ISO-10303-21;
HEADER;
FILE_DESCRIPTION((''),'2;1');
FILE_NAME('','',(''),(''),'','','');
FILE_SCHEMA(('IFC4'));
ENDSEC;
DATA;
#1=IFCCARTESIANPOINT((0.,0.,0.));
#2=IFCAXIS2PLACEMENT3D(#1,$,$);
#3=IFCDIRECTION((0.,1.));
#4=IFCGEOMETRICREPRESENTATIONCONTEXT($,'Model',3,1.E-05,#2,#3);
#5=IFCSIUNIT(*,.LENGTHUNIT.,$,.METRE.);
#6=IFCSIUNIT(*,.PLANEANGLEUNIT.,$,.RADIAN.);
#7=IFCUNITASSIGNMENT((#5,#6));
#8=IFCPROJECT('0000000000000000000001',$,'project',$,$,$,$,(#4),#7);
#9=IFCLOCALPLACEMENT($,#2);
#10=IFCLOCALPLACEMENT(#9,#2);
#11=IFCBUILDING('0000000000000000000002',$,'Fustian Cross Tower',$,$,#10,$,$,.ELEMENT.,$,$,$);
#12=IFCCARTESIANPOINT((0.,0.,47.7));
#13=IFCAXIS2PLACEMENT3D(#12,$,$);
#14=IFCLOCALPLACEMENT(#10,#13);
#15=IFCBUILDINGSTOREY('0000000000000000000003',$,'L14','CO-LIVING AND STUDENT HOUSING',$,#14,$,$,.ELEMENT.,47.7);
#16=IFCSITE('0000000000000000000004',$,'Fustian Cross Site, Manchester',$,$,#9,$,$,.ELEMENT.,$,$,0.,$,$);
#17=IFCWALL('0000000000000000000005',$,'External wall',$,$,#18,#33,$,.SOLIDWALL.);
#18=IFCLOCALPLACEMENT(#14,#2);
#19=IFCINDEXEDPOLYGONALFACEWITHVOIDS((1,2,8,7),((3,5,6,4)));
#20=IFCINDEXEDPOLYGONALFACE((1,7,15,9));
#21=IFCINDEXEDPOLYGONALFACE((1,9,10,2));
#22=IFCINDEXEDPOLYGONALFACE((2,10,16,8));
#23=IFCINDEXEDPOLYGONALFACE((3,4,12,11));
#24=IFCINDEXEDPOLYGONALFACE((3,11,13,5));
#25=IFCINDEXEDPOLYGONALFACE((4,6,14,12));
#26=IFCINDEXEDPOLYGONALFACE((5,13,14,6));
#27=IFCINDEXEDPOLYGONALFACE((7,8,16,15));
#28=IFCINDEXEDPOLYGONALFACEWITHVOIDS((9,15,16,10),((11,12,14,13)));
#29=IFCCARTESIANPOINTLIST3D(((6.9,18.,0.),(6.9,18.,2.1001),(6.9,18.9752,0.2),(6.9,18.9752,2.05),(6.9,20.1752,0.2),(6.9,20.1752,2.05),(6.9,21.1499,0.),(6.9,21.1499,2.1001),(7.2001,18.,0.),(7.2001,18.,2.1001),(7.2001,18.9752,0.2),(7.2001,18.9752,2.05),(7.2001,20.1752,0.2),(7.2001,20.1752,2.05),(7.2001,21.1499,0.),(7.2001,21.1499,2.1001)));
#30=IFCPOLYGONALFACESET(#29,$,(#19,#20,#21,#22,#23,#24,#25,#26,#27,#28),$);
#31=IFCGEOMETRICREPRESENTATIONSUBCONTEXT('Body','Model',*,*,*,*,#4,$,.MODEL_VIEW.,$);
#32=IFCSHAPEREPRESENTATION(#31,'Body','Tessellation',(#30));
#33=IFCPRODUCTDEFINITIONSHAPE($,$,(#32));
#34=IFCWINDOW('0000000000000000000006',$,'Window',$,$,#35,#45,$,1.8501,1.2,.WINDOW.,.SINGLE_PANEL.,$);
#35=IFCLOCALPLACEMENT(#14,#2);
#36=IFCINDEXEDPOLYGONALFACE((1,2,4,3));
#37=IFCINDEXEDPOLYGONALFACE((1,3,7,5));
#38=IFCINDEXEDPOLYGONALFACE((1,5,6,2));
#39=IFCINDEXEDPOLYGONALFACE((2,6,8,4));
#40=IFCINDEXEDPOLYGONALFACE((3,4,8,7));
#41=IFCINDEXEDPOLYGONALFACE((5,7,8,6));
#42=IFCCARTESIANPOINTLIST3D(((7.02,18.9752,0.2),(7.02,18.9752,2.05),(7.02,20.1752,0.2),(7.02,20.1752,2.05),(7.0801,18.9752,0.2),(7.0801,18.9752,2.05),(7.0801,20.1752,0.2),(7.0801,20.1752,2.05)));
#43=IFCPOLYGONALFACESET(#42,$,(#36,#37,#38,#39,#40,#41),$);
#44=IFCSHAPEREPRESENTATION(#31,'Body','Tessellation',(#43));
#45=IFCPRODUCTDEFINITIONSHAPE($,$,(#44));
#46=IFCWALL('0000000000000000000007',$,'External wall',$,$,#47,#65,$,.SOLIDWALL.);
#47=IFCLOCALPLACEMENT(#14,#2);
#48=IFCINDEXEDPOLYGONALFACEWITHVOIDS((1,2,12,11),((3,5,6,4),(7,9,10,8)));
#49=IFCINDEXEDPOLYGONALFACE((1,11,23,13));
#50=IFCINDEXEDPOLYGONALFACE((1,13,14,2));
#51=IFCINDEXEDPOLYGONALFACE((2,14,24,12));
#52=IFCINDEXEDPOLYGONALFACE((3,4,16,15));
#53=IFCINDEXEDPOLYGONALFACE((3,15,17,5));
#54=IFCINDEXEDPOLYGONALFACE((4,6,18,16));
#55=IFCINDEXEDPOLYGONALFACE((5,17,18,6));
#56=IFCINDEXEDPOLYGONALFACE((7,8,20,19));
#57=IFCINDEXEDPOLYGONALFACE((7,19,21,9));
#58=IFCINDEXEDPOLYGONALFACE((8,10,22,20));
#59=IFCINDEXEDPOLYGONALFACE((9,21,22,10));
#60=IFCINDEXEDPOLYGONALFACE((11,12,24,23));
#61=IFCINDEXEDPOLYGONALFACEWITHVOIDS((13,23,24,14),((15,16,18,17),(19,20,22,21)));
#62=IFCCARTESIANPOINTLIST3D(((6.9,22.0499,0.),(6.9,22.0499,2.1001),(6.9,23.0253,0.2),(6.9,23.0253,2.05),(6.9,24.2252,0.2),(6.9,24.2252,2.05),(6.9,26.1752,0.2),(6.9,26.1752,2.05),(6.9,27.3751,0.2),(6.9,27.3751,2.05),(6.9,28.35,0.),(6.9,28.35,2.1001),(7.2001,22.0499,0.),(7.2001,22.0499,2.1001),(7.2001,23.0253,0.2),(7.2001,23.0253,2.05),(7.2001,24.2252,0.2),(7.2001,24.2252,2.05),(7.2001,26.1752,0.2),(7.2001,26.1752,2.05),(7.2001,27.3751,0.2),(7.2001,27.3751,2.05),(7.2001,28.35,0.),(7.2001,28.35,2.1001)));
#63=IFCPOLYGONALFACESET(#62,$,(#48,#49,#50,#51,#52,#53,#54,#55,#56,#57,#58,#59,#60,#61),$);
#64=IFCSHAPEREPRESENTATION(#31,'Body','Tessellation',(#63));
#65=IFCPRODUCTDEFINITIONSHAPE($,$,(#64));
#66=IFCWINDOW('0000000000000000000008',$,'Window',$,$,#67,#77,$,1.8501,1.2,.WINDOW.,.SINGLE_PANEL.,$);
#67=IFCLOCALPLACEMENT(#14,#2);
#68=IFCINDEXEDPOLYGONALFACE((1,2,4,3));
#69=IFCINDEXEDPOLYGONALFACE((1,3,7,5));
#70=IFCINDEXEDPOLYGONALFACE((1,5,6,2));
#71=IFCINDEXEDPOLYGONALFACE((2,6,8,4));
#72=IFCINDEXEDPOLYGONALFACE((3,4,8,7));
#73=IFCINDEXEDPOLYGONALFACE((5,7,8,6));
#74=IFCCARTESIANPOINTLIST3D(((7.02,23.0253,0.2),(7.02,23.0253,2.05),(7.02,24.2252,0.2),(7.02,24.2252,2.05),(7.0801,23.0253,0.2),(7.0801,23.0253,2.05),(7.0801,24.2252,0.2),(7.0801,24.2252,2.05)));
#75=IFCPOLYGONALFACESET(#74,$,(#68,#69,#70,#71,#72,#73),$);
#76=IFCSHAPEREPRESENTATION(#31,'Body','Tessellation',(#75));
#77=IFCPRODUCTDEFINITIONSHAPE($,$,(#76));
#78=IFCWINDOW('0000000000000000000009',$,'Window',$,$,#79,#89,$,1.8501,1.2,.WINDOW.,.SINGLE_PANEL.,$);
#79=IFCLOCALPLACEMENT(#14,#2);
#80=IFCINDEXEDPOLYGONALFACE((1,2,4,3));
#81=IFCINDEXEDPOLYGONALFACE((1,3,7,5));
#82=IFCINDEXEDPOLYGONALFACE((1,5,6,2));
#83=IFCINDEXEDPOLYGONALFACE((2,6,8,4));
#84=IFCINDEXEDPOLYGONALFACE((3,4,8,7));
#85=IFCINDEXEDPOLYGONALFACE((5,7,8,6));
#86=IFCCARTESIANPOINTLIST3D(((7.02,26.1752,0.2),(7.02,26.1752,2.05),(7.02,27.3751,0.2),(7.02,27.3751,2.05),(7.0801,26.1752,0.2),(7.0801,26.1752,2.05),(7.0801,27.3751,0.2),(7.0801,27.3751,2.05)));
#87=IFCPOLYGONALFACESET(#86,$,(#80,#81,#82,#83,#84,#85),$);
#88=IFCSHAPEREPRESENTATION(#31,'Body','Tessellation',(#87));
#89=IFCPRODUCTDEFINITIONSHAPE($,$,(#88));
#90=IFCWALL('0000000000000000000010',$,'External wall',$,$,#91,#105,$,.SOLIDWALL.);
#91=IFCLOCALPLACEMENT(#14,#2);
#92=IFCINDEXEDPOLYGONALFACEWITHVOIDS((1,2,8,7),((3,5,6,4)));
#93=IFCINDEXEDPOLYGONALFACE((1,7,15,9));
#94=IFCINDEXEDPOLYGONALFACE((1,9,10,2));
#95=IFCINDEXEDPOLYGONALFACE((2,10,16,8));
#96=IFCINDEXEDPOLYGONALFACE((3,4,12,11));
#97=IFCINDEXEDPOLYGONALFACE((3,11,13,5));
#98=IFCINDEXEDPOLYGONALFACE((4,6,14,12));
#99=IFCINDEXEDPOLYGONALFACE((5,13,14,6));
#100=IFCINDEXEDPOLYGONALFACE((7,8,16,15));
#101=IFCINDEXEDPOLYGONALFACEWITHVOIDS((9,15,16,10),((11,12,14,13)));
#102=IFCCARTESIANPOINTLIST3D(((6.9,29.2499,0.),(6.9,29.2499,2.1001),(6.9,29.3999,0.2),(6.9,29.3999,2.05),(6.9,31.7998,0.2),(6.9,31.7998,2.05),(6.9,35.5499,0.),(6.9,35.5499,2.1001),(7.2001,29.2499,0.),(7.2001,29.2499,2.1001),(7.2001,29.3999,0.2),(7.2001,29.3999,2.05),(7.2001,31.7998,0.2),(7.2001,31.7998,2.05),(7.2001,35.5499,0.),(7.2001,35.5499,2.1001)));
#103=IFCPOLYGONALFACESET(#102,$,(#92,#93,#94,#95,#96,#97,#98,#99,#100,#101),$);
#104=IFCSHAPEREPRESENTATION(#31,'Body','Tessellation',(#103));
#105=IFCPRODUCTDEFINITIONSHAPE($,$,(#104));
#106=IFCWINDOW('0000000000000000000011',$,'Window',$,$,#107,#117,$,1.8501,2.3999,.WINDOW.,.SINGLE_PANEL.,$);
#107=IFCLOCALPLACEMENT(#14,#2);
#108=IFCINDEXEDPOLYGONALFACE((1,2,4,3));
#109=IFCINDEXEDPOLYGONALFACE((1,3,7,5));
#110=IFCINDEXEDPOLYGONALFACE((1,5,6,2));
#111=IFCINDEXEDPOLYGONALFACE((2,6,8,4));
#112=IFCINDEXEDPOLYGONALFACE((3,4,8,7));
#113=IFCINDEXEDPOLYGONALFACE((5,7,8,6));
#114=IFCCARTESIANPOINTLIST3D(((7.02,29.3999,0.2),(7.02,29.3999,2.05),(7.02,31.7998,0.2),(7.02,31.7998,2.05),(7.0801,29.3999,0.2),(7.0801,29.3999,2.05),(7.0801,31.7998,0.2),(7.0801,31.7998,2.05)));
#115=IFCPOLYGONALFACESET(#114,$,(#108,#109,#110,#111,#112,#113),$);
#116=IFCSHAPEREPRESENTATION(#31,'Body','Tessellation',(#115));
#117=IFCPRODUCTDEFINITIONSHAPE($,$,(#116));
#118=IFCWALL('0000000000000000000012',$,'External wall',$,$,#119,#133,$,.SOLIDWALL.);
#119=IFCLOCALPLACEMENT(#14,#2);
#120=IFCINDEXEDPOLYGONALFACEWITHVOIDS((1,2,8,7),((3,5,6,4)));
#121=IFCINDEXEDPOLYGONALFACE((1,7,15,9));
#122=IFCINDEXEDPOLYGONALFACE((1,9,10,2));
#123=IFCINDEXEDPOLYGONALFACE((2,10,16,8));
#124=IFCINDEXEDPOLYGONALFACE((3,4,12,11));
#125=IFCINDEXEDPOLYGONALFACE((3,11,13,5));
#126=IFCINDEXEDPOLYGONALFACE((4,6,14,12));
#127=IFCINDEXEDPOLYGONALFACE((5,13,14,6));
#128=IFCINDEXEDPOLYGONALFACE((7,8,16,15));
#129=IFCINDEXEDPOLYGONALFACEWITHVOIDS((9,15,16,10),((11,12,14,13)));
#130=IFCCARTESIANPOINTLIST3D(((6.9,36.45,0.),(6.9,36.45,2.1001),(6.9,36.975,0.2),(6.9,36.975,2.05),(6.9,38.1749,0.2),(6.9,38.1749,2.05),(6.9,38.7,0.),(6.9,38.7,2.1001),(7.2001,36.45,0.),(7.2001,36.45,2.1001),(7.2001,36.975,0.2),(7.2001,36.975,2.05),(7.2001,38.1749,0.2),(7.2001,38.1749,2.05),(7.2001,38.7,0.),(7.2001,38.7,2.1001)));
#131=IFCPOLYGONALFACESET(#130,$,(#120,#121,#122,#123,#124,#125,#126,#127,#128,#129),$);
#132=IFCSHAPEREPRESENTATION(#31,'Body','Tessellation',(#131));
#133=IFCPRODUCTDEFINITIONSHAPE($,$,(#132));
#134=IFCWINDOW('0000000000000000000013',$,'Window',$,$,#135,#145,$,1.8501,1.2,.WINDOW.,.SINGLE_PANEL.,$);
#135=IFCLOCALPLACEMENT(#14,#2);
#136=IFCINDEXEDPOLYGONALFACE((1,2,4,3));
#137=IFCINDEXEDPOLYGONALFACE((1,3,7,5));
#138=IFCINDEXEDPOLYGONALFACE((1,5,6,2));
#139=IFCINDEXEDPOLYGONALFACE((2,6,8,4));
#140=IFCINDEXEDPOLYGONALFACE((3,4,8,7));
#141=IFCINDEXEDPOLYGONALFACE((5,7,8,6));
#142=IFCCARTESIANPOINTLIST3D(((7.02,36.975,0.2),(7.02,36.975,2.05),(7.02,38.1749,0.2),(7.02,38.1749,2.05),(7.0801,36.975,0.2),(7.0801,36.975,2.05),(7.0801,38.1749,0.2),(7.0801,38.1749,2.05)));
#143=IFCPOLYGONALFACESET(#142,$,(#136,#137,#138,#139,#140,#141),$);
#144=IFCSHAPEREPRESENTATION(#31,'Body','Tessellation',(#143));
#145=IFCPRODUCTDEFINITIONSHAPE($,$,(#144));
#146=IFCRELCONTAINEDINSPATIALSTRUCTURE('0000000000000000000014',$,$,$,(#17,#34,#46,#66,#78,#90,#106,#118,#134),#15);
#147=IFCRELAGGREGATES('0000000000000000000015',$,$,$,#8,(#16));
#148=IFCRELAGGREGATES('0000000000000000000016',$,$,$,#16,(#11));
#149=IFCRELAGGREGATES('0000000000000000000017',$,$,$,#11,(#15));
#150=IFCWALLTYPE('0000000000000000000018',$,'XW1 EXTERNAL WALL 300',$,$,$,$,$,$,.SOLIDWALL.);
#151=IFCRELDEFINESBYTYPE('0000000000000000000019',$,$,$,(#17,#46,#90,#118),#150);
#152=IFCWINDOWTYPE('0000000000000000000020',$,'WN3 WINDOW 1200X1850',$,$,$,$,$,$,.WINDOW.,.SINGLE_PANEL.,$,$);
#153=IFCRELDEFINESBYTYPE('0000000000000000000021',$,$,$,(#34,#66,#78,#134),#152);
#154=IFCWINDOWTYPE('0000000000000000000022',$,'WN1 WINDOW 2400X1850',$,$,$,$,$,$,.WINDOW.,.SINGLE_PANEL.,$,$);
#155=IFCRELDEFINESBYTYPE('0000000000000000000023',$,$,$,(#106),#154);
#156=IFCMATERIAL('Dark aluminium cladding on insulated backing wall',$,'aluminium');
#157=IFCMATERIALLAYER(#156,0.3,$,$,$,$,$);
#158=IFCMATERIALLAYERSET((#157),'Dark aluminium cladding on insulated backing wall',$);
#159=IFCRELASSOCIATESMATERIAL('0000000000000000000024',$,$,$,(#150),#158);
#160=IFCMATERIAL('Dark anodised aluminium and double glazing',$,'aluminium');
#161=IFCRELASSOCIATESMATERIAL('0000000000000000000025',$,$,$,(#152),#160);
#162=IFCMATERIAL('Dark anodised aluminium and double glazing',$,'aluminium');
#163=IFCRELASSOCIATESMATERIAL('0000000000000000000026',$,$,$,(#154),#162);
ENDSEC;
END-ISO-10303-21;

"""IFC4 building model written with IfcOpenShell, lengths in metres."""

from ifc_helpers import new_model, si_unit, direction, frame, frame_2d, origin, place, context, subcontext, project, spatial, rectangle, extrude, material, layer, layer_set, type_object, element, fill, save


model = new_model("IFC4")

# Units and contexts
model_context = context("Model", 3, precision=1e-05, world=origin(), true_north=direction((0.0, 1.0)))
body_context = subcontext(model_context, "Body", "Model", "MODEL_VIEW")
ifc_project = project(units=[si_unit("LENGTHUNIT", "METRE"), si_unit("PLANEANGLEUNIT", "RADIAN")], contexts=[model_context])

# Site, building, storey
site_placement = place(None, origin())
site = spatial("IfcSite", under=ifc_project, at=site_placement, Name="Fustian Cross Site, Manchester", CompositionType="ELEMENT", RefElevation=0.0)
building_placement = place(site_placement, origin())
building = spatial("IfcBuilding", under=site, at=building_placement, Name="Fustian Cross Tower", CompositionType="ELEMENT")
storey_placement = place(building_placement, frame((0.0, 0.0, 47.7)))
storey = spatial("IfcBuildingStorey", under=building, at=storey_placement, Name="L14", Description="CO-LIVING AND STUDENT HOUSING", CompositionType="ELEMENT", Elevation=47.7)

# Shared definitions
ifc_material_1 = material(Name="Dark aluminium cladding on insulated backing wall", Category="aluminium")
ifc_layer = layer(ifc_material_1, 0.3)
ifc_layer_set = layer_set([ifc_layer], Name="Dark aluminium cladding on insulated backing wall")
wall_type = type_object("IfcWallType", Name="XW1 EXTERNAL WALL 300", PredefinedType="SOLIDWALL", material=ifc_layer_set)
ifc_material_2 = material(Name="Dark anodised aluminium and double glazing", Category="aluminium")
window_type_1 = type_object("IfcWindowType", Name="WN3 WINDOW 1200X1850", PartitioningType="SINGLE_PANEL", PredefinedType="WINDOW", material=ifc_material_2)

# Shared definitions
ifc_material_3 = material(Name="Dark anodised aluminium and double glazing", Category="aluminium")
window_type_2 = type_object("IfcWindowType", Name="WN1 WINDOW 2400X1850", PartitioningType="SINGLE_PANEL", PredefinedType="WINDOW", material=ifc_material_3)

# Wall, opening, window
wall_1_placement = place(storey_placement, frame((7.05, 18.0, 0.0), z_axis=(0.0, 0.0, 1.0), x_axis=(0.0, 1.0, 0.0)))
wall_1 = element("IfcWall", 1, at=wall_1_placement, inside=storey, type_object=wall_type, Name="External wall", PredefinedType="SOLIDWALL", context=body_context, shape_type="SweptSolid", body=[
    extrude(rectangle(XDim=3.1499, YDim=0.3, at=frame_2d((1.575, 0.0))), origin(), (0.0, 0.0, 1.0), 2.1001),
])
opening_1_placement = place(wall_1_placement, frame((0.9751, 0.0, 0.2)))
opening_1 = element("IfcOpeningElement", 2, at=opening_1_placement, cuts=wall_1, PredefinedType="OPENING", context=body_context, shape_type="SweptSolid", body=[
    extrude(rectangle(XDim=1.2, YDim=1.8501, at=frame_2d((0.6001, 0.925))), frame((0.0, 0.1599, 0.0), z_axis=(0.0, -1.0, 0.0), x_axis=(1.0, 0.0, 0.0)), (0.0, 0.0, 1.0), 0.3201),
])
window_1_placement = place(opening_1_placement, origin())
window_1 = element("IfcWindow", 3, at=window_1_placement, inside=storey, type_object=window_type_1, Name="Window", OverallHeight=1.8501, OverallWidth=1.2, PartitioningType="SINGLE_PANEL", PredefinedType="WINDOW", context=body_context, shape_type="SweptSolid", body=[
    extrude(rectangle(XDim=1.2, YDim=1.8501, at=frame_2d((0.6001, 0.925))), frame((0.0, 0.03, 0.0), z_axis=(0.0, -1.0, 0.0), x_axis=(1.0, 0.0, 0.0)), (0.0, 0.0, 1.0), 0.0601),
])
fill(opening_1, window_1)

# Wall, openings, windows
wall_2_placement = place(storey_placement, frame((7.05, 22.05, 0.0), z_axis=(0.0, 0.0, 1.0), x_axis=(0.0, 1.0, 0.0)))
wall_2 = element("IfcWall", 4, at=wall_2_placement, inside=storey, type_object=wall_type, Name="External wall", PredefinedType="SOLIDWALL", context=body_context, shape_type="SweptSolid", body=[
    extrude(rectangle(XDim=6.3, YDim=0.3, at=frame_2d((3.1499, 0.0))), origin(), (0.0, 0.0, 1.0), 2.1001),
])
opening_2_placement = place(wall_2_placement, frame((0.9751, 0.0, 0.2)))
opening_2 = element("IfcOpeningElement", 5, at=opening_2_placement, cuts=wall_2, PredefinedType="OPENING", context=body_context, shape_type="SweptSolid", body=[
    extrude(rectangle(XDim=1.2, YDim=1.8501, at=frame_2d((0.6001, 0.925))), frame((0.0, 0.1599, 0.0), z_axis=(0.0, -1.0, 0.0), x_axis=(1.0, 0.0, 0.0)), (0.0, 0.0, 1.0), 0.3201),
])
opening_3_placement = place(wall_2_placement, frame((4.125, 0.0, 0.2)))
opening_3 = element("IfcOpeningElement", 6, at=opening_3_placement, cuts=wall_2, PredefinedType="OPENING", context=body_context, shape_type="SweptSolid", body=[
    extrude(rectangle(XDim=1.2, YDim=1.8501, at=frame_2d((0.6001, 0.925))), frame((0.0, 0.1599, 0.0), z_axis=(0.0, -1.0, 0.0), x_axis=(1.0, 0.0, 0.0)), (0.0, 0.0, 1.0), 0.3201),
])
window_2_placement = place(opening_2_placement, origin())
window_2 = element("IfcWindow", 7, at=window_2_placement, inside=storey, type_object=window_type_1, Name="Window", OverallHeight=1.8501, OverallWidth=1.2, PartitioningType="SINGLE_PANEL", PredefinedType="WINDOW", context=body_context, shape_type="SweptSolid", body=[
    extrude(rectangle(XDim=1.2, YDim=1.8501, at=frame_2d((0.6001, 0.925))), frame((0.0, 0.03, 0.0), z_axis=(0.0, -1.0, 0.0), x_axis=(1.0, 0.0, 0.0)), (0.0, 0.0, 1.0), 0.0601),
])
fill(opening_2, window_2)
window_3_placement = place(opening_3_placement, origin())
window_3 = element("IfcWindow", 8, at=window_3_placement, inside=storey, type_object=window_type_1, Name="Window", OverallHeight=1.8501, OverallWidth=1.2, PartitioningType="SINGLE_PANEL", PredefinedType="WINDOW", context=body_context, shape_type="SweptSolid", body=[
    extrude(rectangle(XDim=1.2, YDim=1.8501, at=frame_2d((0.6001, 0.925))), frame((0.0, 0.03, 0.0), z_axis=(0.0, -1.0, 0.0), x_axis=(1.0, 0.0, 0.0)), (0.0, 0.0, 1.0), 0.0601),
])
fill(opening_3, window_3)

# Walls, openings, windows
wall_3_placement = place(storey_placement, frame((7.05, 29.25, 0.0), z_axis=(0.0, 0.0, 1.0), x_axis=(0.0, 1.0, 0.0)))
wall_3 = element("IfcWall", 9, at=wall_3_placement, inside=storey, type_object=wall_type, Name="External wall", PredefinedType="SOLIDWALL", context=body_context, shape_type="SweptSolid", body=[
    extrude(rectangle(XDim=6.3, YDim=0.3, at=frame_2d((3.1499, 0.0))), origin(), (0.0, 0.0, 1.0), 2.1001),
])
opening_4_placement = place(wall_3_placement, frame((0.1499, 0.0, 0.2)))
opening_4 = element("IfcOpeningElement", 10, at=opening_4_placement, cuts=wall_3, PredefinedType="OPENING", context=body_context, shape_type="SweptSolid", body=[
    extrude(rectangle(XDim=2.3999, YDim=1.8501, at=frame_2d((1.2, 0.925))), frame((0.0, 0.1599, 0.0), z_axis=(0.0, -1.0, 0.0), x_axis=(1.0, 0.0, 0.0)), (0.0, 0.0, 1.0), 0.3201),
])
window_4_placement = place(opening_4_placement, origin())
window_4 = element("IfcWindow", 11, at=window_4_placement, inside=storey, type_object=window_type_2, Name="Window", OverallHeight=1.8501, OverallWidth=2.3999, PartitioningType="SINGLE_PANEL", PredefinedType="WINDOW", context=body_context, shape_type="SweptSolid", body=[
    extrude(rectangle(XDim=2.3999, YDim=1.8501, at=frame_2d((1.2, 0.925))), frame((0.0, 0.03, 0.0), z_axis=(0.0, -1.0, 0.0), x_axis=(1.0, 0.0, 0.0)), (0.0, 0.0, 1.0), 0.0601),
])
fill(opening_4, window_4)
wall_4_placement = place(storey_placement, frame((7.05, 36.45, 0.0), z_axis=(0.0, 0.0, 1.0), x_axis=(0.0, 1.0, 0.0)))
wall_4 = element("IfcWall", 12, at=wall_4_placement, inside=storey, type_object=wall_type, Name="External wall", PredefinedType="SOLIDWALL", context=body_context, shape_type="SweptSolid", body=[
    extrude(rectangle(XDim=2.25, YDim=0.3, at=frame_2d((1.125, 0.0))), origin(), (0.0, 0.0, 1.0), 2.1001),
])
opening_5_placement = place(wall_4_placement, frame((0.5249, 0.0, 0.2)))
opening_5 = element("IfcOpeningElement", 13, at=opening_5_placement, cuts=wall_4, PredefinedType="OPENING", context=body_context, shape_type="SweptSolid", body=[
    extrude(rectangle(XDim=1.2, YDim=1.8501, at=frame_2d((0.6001, 0.925))), frame((0.0, 0.1599, 0.0), z_axis=(0.0, -1.0, 0.0), x_axis=(1.0, 0.0, 0.0)), (0.0, 0.0, 1.0), 0.3201),
])
window_5_placement = place(opening_5_placement, origin())
window_5 = element("IfcWindow", 14, at=window_5_placement, inside=storey, type_object=window_type_1, Name="Window", OverallHeight=1.8501, OverallWidth=1.2, PartitioningType="SINGLE_PANEL", PredefinedType="WINDOW", context=body_context, shape_type="SweptSolid", body=[
    extrude(rectangle(XDim=1.2, YDim=1.8501, at=frame_2d((0.6001, 0.925))), frame((0.0, 0.03, 0.0), z_axis=(0.0, -1.0, 0.0), x_axis=(1.0, 0.0, 0.0)), (0.0, 0.0, 1.0), 0.0601),
])
fill(opening_5, window_5)

save(model, "model.ifc")
